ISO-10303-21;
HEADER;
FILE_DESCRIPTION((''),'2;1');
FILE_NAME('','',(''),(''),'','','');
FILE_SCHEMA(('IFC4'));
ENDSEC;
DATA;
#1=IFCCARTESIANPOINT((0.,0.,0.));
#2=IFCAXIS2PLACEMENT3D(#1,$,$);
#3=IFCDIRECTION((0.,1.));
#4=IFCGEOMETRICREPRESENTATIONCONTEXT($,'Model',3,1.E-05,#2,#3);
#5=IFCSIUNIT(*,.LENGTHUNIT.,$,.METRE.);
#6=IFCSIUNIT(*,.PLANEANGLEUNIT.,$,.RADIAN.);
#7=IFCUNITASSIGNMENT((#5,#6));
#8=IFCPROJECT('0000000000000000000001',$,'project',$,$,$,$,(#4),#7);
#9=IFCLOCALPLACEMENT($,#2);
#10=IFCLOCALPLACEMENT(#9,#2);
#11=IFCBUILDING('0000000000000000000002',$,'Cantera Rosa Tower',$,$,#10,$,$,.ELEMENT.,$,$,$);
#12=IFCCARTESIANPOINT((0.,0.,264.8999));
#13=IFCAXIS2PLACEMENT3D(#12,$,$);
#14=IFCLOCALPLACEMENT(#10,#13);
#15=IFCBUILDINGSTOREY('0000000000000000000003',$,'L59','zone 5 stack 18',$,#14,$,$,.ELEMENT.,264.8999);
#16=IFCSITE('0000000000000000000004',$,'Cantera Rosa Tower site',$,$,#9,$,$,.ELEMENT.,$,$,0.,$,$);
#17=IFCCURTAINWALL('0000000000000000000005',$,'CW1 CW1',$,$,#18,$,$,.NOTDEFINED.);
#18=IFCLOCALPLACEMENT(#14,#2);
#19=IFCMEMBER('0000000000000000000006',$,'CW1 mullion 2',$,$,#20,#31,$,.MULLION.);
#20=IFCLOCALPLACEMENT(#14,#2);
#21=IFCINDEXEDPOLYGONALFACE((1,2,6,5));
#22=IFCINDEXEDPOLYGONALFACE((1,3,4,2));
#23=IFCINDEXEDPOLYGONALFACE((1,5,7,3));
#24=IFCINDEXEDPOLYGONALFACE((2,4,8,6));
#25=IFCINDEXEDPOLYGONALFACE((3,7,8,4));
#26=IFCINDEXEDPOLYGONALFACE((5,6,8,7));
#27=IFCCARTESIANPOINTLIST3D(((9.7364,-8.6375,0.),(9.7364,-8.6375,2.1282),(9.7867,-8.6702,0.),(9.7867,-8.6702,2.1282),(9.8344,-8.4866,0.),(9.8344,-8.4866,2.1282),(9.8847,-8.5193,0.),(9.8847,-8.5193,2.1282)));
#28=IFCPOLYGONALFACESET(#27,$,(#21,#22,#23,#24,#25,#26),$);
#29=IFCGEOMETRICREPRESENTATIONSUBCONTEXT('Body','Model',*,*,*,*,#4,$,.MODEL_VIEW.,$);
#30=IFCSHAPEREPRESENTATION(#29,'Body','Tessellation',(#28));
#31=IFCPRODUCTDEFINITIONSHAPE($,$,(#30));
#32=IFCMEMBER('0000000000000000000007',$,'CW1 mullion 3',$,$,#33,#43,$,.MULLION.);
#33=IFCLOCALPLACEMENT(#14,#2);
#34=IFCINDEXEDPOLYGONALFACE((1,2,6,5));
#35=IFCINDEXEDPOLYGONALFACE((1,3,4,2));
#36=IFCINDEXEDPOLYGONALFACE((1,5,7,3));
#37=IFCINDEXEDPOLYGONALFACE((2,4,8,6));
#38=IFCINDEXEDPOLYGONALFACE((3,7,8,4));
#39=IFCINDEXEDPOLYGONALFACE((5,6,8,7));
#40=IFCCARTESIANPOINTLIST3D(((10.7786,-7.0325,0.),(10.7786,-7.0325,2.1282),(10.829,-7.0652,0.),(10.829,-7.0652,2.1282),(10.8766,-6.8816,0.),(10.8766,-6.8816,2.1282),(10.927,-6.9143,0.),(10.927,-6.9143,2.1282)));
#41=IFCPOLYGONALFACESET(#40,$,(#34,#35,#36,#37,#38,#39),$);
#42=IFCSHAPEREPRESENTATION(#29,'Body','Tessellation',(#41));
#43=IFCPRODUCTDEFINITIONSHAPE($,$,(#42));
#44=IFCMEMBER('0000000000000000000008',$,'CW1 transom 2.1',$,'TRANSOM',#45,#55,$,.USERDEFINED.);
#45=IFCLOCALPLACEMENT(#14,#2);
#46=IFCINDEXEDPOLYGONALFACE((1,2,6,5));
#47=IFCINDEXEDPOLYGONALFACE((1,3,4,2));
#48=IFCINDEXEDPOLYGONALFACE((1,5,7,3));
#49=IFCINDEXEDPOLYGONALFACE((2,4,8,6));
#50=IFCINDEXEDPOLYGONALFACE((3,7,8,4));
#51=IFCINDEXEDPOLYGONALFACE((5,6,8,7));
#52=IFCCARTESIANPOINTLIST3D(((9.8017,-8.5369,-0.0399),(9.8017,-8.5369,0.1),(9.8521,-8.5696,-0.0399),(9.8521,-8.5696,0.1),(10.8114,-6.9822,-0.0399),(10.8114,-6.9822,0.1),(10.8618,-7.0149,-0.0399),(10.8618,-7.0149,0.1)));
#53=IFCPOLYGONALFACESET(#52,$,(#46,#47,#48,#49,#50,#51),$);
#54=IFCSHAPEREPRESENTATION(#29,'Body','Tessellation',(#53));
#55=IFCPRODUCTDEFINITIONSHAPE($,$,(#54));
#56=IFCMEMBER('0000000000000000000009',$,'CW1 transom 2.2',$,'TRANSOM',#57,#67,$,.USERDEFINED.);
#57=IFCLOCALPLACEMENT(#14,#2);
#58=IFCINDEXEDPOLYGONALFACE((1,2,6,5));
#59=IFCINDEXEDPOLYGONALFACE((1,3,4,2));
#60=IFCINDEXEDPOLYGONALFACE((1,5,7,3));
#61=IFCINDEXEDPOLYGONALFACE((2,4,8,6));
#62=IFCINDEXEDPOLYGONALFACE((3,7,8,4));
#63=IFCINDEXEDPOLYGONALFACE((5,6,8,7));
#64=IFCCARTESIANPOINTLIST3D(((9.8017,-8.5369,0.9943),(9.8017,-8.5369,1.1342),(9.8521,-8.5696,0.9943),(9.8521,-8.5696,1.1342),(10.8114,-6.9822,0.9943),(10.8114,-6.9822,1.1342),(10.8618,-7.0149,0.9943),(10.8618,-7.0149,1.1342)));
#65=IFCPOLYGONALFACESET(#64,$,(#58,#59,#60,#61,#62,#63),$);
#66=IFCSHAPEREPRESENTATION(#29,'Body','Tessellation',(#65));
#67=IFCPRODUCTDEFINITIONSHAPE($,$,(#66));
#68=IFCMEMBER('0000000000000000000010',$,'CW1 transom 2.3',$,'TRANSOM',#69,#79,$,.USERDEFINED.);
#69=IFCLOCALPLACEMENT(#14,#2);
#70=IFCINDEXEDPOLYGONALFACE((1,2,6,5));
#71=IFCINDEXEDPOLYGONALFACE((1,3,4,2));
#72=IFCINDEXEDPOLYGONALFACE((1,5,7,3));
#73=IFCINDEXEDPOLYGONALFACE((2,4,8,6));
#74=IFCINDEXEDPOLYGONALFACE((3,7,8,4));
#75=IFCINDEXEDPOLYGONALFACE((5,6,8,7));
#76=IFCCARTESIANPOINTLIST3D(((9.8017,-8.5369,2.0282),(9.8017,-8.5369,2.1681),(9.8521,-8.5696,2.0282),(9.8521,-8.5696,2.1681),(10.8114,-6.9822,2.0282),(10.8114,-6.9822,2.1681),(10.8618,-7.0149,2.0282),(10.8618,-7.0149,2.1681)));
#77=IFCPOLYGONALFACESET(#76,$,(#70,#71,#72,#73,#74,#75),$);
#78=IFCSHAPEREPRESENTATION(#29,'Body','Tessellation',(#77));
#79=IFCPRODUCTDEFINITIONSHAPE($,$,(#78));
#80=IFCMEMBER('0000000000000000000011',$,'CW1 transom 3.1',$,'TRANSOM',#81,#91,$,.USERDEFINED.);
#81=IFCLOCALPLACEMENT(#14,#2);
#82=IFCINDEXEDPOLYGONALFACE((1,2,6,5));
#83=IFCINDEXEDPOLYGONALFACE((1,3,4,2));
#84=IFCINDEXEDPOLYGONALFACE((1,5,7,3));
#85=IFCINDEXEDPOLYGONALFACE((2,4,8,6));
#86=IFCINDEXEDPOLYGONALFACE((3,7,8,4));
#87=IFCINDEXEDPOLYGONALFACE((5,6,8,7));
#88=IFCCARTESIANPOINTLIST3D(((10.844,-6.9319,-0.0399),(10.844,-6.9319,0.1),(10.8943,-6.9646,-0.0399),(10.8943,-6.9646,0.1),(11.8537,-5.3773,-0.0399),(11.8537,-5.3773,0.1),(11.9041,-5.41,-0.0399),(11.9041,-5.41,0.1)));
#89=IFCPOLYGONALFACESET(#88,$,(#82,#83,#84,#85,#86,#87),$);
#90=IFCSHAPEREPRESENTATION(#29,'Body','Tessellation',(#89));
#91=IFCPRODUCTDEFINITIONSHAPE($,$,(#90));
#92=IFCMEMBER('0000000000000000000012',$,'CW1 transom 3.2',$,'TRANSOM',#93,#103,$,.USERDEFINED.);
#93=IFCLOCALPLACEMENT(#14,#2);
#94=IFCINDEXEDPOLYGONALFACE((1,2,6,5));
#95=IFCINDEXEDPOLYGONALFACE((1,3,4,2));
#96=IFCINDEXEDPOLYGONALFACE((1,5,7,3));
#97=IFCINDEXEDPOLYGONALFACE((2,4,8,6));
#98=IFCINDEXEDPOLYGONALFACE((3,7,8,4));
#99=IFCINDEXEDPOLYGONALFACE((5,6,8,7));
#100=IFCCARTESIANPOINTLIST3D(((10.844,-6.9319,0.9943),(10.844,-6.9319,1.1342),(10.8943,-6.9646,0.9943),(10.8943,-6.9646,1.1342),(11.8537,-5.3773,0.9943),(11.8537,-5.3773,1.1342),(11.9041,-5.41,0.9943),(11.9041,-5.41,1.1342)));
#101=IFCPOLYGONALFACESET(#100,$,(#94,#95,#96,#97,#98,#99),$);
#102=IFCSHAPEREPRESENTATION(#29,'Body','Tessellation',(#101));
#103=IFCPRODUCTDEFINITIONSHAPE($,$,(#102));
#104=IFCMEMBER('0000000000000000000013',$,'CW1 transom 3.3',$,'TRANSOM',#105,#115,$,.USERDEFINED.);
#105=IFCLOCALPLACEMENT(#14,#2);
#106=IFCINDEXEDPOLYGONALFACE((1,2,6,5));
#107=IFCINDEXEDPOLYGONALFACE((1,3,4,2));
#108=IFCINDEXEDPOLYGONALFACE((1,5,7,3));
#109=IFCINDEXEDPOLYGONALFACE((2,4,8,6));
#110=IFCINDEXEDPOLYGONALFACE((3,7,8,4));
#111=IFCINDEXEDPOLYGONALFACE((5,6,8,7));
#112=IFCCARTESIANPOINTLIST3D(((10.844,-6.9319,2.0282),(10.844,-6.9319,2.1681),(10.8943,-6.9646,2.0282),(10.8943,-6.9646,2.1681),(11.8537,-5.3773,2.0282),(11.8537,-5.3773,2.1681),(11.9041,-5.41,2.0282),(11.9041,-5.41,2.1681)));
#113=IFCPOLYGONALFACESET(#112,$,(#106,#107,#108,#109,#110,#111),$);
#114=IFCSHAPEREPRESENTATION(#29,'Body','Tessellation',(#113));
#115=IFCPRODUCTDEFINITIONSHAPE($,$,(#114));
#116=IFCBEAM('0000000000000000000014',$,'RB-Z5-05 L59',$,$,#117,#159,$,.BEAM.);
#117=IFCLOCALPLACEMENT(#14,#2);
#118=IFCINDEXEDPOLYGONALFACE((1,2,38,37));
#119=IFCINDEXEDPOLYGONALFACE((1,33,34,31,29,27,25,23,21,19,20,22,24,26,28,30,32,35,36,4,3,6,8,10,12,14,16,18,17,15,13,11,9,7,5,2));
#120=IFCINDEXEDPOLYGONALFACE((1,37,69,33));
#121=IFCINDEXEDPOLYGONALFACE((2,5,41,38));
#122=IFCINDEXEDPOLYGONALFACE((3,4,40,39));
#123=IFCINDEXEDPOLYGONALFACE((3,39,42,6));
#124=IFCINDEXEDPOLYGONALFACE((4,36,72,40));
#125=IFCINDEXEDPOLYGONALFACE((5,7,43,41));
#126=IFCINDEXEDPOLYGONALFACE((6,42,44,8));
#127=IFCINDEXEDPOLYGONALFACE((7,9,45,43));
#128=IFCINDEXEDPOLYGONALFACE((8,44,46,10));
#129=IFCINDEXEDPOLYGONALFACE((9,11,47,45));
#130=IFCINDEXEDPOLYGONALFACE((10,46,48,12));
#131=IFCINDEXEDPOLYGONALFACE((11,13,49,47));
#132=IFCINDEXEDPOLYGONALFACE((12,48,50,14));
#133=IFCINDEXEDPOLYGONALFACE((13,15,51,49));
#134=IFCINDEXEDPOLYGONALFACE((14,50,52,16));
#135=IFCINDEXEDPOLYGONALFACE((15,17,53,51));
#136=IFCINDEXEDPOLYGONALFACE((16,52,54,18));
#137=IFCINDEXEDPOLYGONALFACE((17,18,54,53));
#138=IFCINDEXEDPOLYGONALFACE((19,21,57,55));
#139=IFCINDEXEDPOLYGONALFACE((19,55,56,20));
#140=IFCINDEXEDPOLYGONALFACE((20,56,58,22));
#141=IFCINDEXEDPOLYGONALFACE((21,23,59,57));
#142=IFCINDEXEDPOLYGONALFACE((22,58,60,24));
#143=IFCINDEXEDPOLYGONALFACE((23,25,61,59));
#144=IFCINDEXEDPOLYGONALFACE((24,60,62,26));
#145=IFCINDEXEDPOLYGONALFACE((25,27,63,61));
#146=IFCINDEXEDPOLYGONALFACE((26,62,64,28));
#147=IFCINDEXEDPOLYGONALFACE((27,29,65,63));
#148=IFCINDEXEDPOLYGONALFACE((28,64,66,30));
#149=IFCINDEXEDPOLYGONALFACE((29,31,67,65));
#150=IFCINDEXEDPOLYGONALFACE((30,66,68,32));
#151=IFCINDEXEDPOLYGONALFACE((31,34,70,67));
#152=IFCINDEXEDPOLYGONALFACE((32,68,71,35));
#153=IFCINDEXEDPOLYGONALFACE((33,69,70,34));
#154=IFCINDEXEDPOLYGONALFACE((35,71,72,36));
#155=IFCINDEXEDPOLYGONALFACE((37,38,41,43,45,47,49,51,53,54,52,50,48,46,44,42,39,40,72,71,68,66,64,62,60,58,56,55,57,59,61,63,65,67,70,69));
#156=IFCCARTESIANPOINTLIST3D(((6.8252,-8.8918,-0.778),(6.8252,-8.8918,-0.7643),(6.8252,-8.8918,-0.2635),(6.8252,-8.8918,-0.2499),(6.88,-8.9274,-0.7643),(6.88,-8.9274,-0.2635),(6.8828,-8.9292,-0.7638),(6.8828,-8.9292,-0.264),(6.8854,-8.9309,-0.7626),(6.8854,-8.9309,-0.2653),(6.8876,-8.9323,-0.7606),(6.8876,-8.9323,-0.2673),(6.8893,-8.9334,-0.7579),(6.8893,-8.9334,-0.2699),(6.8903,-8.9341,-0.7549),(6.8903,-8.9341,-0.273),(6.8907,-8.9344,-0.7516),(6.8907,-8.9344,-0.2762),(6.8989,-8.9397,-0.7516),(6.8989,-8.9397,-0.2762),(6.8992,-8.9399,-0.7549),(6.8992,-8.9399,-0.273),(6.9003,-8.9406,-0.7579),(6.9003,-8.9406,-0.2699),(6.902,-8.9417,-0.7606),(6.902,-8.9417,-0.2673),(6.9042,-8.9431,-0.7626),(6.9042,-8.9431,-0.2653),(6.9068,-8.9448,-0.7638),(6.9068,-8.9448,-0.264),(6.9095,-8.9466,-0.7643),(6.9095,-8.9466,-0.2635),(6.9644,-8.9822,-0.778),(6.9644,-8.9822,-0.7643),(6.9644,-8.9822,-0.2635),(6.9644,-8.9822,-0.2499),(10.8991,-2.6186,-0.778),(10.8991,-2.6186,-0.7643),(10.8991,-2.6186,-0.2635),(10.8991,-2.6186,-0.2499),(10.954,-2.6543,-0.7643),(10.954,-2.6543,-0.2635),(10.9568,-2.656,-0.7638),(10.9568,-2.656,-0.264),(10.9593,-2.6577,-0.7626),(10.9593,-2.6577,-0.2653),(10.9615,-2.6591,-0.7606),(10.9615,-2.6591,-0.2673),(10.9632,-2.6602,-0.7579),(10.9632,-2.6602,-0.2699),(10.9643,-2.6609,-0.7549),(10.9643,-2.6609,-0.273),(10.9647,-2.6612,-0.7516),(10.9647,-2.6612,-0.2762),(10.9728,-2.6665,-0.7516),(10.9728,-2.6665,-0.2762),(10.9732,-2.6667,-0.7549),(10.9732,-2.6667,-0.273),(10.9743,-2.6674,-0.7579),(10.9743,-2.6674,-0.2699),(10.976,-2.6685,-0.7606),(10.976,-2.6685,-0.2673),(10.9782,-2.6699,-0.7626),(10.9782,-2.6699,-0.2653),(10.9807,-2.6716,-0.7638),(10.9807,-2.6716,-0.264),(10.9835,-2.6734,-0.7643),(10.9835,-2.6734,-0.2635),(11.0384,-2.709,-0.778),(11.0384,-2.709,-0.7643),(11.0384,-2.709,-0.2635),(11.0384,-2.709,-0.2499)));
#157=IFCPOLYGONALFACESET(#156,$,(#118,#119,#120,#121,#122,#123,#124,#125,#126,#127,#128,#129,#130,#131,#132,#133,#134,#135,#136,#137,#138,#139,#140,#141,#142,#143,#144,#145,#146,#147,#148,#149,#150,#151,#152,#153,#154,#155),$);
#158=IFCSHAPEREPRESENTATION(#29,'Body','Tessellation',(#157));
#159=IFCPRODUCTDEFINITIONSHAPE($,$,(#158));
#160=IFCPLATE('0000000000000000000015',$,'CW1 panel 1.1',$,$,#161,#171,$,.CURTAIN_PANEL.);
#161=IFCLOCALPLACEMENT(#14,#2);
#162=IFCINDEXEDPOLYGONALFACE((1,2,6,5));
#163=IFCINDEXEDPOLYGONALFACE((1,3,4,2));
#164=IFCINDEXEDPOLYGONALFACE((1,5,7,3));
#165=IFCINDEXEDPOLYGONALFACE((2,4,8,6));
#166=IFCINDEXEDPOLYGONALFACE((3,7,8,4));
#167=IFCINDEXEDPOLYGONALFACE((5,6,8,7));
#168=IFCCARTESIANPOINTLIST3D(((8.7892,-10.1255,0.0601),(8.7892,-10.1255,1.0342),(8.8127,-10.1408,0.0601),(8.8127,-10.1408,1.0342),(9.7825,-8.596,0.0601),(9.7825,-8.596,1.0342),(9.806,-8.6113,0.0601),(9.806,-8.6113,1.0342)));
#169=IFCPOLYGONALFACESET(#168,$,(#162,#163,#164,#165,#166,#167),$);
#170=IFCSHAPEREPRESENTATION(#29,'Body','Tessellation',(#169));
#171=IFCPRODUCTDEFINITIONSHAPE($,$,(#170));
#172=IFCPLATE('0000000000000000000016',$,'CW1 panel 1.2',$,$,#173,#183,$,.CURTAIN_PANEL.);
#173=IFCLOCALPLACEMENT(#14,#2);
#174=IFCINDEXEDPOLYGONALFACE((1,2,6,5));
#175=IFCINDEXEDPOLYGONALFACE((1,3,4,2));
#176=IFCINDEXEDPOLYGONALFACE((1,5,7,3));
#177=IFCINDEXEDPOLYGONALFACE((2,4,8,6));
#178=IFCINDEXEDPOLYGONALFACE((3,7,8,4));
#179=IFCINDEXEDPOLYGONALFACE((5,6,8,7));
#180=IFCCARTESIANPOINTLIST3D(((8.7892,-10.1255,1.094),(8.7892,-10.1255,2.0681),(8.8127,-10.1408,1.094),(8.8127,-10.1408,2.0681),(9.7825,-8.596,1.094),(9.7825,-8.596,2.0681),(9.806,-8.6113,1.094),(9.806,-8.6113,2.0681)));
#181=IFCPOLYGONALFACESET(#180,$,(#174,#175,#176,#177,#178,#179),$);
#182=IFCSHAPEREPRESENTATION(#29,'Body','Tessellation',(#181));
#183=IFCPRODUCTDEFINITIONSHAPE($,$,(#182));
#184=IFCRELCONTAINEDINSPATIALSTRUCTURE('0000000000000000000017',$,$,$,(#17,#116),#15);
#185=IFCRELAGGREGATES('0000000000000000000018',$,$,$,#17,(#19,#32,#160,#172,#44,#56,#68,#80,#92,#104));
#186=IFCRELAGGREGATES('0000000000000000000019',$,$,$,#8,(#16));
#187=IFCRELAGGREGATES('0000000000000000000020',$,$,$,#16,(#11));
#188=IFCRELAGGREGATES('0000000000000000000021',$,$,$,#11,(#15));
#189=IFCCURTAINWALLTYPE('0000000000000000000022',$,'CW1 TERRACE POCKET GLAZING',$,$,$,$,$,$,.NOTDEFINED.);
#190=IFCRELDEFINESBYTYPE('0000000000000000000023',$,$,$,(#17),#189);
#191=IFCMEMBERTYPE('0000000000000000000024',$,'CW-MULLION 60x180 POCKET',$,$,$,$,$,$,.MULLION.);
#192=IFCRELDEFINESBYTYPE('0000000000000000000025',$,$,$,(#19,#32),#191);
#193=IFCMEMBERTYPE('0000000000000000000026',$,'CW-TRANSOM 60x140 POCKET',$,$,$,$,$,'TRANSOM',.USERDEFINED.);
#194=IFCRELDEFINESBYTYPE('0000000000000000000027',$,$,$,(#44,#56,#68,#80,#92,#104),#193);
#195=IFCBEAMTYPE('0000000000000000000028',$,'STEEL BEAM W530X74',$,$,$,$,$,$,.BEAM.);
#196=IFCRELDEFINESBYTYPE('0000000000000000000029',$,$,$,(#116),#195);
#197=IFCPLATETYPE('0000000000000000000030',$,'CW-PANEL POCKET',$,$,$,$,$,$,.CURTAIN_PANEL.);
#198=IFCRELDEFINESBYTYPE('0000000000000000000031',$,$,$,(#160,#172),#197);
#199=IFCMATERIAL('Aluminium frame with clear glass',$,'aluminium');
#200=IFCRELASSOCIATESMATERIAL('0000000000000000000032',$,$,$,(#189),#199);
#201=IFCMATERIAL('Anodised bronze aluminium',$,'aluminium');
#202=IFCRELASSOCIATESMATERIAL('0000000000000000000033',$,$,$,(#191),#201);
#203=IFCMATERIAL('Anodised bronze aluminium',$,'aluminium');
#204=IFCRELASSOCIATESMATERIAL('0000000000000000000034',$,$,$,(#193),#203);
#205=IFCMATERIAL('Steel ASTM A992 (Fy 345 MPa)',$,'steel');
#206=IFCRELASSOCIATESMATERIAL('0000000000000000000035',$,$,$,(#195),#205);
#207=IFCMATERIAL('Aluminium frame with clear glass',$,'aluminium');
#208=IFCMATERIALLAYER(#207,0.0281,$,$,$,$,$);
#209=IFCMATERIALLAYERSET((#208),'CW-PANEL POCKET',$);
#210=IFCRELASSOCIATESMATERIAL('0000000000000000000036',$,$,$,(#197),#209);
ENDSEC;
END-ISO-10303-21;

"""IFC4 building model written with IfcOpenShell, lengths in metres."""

from ifc_helpers import new_model, si_unit, direction, frame, origin, origin_2d, place, context, subcontext, project, spatial, rectangle, i_section, extrude, material, layer, layer_set, material_profile, profile_set, type_object, element, aggregate, save


model = new_model("IFC4")

# Units and contexts
model_context = context("Model", 3, precision=1e-05, world=origin(), true_north=direction((0.0, 1.0)))
body_context = subcontext(model_context, "Body", "Model", "MODEL_VIEW")
ifc_project = project(units=[si_unit("LENGTHUNIT", "METRE"), si_unit("PLANEANGLEUNIT", "RADIAN")], contexts=[model_context])

# Site, building, storey
site_placement = place(None, origin())
site = spatial("IfcSite", under=ifc_project, at=site_placement, Name="Cantera Rosa Tower site", CompositionType="ELEMENT", RefElevation=0.0)
building_placement = place(site_placement, origin())
building = spatial("IfcBuilding", under=site, at=building_placement, Name="Cantera Rosa Tower", CompositionType="ELEMENT")
storey_placement = place(building_placement, frame((0.0, 0.0, 264.8999)))
storey = spatial("IfcBuildingStorey", under=building, at=storey_placement, Name="L59", Description="zone 5 stack 18", CompositionType="ELEMENT", Elevation=264.8999)

# Curtain wall, members
ifc_material_1 = material(Name="Aluminium frame with clear glass", Category="aluminium")
curtain_wall_type = type_object("IfcCurtainWallType", Name="CW1 TERRACE POCKET GLAZING", PredefinedType="NOTDEFINED", material=ifc_material_1)
curtain_wall_placement = place(storey_placement, origin())
curtain_wall = element("IfcCurtainWall", 1, at=curtain_wall_placement, inside=storey, type_object=curtain_wall_type, Name="CW1 CW1", PredefinedType="NOTDEFINED")
ifc_material_2 = material(Name="Anodised bronze aluminium", Category="aluminium")
ifc_material_profile_1 = material_profile(ifc_material_2, rectangle(XDim=0.0601, YDim=0.1799, at=origin_2d()), Name="CW-MULLION 60x180 POCKET")
ifc_profile_set_1 = profile_set([ifc_material_profile_1], Name="Anodised bronze aluminium")
member_type_1 = type_object("IfcMemberType", Name="CW-MULLION 60x180 POCKET", PredefinedType="MULLION", material=ifc_profile_set_1)
member_1_placement = place(storey_placement, frame((9.8105, -8.5784, 0.0), z_axis=(0.0, 0.0, 1.0), x_axis=(-0.838671, 0.544639, 0.0)))
member_1 = element("IfcMember", 2, at=member_1_placement, type_object=member_type_1, Name="CW1 mullion 2", PredefinedType="MULLION", context=body_context, shape_type="SweptSolid", body=[
    extrude(rectangle(XDim=0.0601, YDim=0.1799, at=origin_2d()), origin(), (0.0, 0.0, 1.0), 2.1282),
])
member_2_placement = place(storey_placement, frame((10.8528, -6.9734, 0.0), z_axis=(0.0, 0.0, 1.0), x_axis=(-0.838671, 0.544639, 0.0)))
member_2 = element("IfcMember", 3, at=member_2_placement, type_object=member_type_1, Name="CW1 mullion 3", PredefinedType="MULLION", context=body_context, shape_type="SweptSolid", body=[
    extrude(rectangle(XDim=0.0601, YDim=0.1799, at=origin_2d()), origin(), (0.0, 0.0, 1.0), 2.1282),
])
ifc_material_3 = material(Name="Anodised bronze aluminium", Category="aluminium")
ifc_material_profile_2 = material_profile(ifc_material_3, rectangle(XDim=0.0601, YDim=0.1399, at=origin_2d()), Name="CW-TRANSOM 60x140 POCKET")
ifc_profile_set_2 = profile_set([ifc_material_profile_2], Name="Anodised bronze aluminium")
member_type_2 = type_object("IfcMemberType", Name="CW-TRANSOM 60x140 POCKET", ElementType="TRANSOM", PredefinedType="USERDEFINED", material=ifc_profile_set_2)
member_3_placement = place(storey_placement, frame((9.8269, -8.5532, 0.03), z_axis=(0.544692, 0.838636, 0.0), x_axis=(-0.838636, 0.544692, 0.0)))
member_3 = element("IfcMember", 4, at=member_3_placement, type_object=member_type_2, Name="CW1 transom 2.1", ObjectType="TRANSOM", PredefinedType="USERDEFINED", context=body_context, shape_type="SweptSolid", body=[
    extrude(rectangle(XDim=0.0601, YDim=0.1399, at=origin_2d()), origin(), (0.0, 0.0, 1.0), 1.8538),
])
member_4_placement = place(storey_placement, frame((9.8269, -8.5532, 1.0642), z_axis=(0.544692, 0.838636, 0.0), x_axis=(-0.838636, 0.544692, 0.0)))
member_4 = element("IfcMember", 5, at=member_4_placement, type_object=member_type_2, Name="CW1 transom 2.2", ObjectType="TRANSOM", PredefinedType="USERDEFINED", context=body_context, shape_type="SweptSolid", body=[
    extrude(rectangle(XDim=0.0601, YDim=0.1399, at=origin_2d()), origin(), (0.0, 0.0, 1.0), 1.8538),
])
member_5_placement = place(storey_placement, frame((9.8269, -8.5532, 2.0981), z_axis=(0.544692, 0.838636, 0.0), x_axis=(-0.838636, 0.544692, 0.0)))
member_5 = element("IfcMember", 6, at=member_5_placement, type_object=member_type_2, Name="CW1 transom 2.3", ObjectType="TRANSOM", PredefinedType="USERDEFINED", context=body_context, shape_type="SweptSolid", body=[
    extrude(rectangle(XDim=0.0601, YDim=0.1399, at=origin_2d()), origin(), (0.0, 0.0, 1.0), 1.8538),
])
member_6_placement = place(storey_placement, frame((10.8691, -6.9482, 0.03), z_axis=(0.544692, 0.838636, 0.0), x_axis=(-0.838636, 0.544692, 0.0)))
member_6 = element("IfcMember", 7, at=member_6_placement, type_object=member_type_2, Name="CW1 transom 3.1", ObjectType="TRANSOM", PredefinedType="USERDEFINED", context=body_context, shape_type="SweptSolid", body=[
    extrude(rectangle(XDim=0.0601, YDim=0.1399, at=origin_2d()), origin(), (0.0, 0.0, 1.0), 1.8538),
])
member_7_placement = place(storey_placement, frame((10.8691, -6.9482, 1.0642), z_axis=(0.544692, 0.838636, 0.0), x_axis=(-0.838636, 0.544692, 0.0)))
member_7 = element("IfcMember", 8, at=member_7_placement, type_object=member_type_2, Name="CW1 transom 3.2", ObjectType="TRANSOM", PredefinedType="USERDEFINED", context=body_context, shape_type="SweptSolid", body=[
    extrude(rectangle(XDim=0.0601, YDim=0.1399, at=origin_2d()), origin(), (0.0, 0.0, 1.0), 1.8538),
])
member_8_placement = place(storey_placement, frame((10.8691, -6.9482, 2.0981), z_axis=(0.544692, 0.838636, 0.0), x_axis=(-0.838636, 0.544692, 0.0)))
member_8 = element("IfcMember", 9, at=member_8_placement, type_object=member_type_2, Name="CW1 transom 3.3", ObjectType="TRANSOM", PredefinedType="USERDEFINED", context=body_context, shape_type="SweptSolid", body=[
    extrude(rectangle(XDim=0.0601, YDim=0.1399, at=origin_2d()), origin(), (0.0, 0.0, 1.0), 1.8538),
])

# Beam
ifc_material_4 = material(Name="Steel ASTM A992 (Fy 345 MPa)", Category="steel")
ifc_material_profile_3 = material_profile(ifc_material_4, i_section(OverallWidth=0.166, OverallDepth=0.5281, WebThickness=0.0098, FlangeThickness=0.0137, FilletRadius=0.0127, at=origin_2d()), Name="W530X74")
ifc_profile_set_3 = profile_set([ifc_material_profile_3], Name="Steel ASTM A992 (Fy 345 MPa)")
beam_type = type_object("IfcBeamType", Name="STEEL BEAM W530X74", PredefinedType="BEAM", material=ifc_profile_set_3)
beam_placement = place(storey_placement, frame((6.8948, -8.937, -0.5139), z_axis=(0.54465, 0.838664, 0.0), x_axis=(-0.838664, 0.54465, 0.0)))
element("IfcBeam", 10, at=beam_placement, inside=storey, type_object=beam_type, Name="RB-Z5-05 L59", PredefinedType="BEAM", context=body_context, shape_type="SweptSolid", body=[
    extrude(i_section(OverallWidth=0.166, OverallDepth=0.5281, WebThickness=0.0098, FlangeThickness=0.0137, FilletRadius=0.0127, at=origin_2d()), origin(), (0.0, 0.0, 1.0), 7.48),
])

# Plates
ifc_material_5 = material(Name="Aluminium frame with clear glass", Category="aluminium")
ifc_layer_1 = layer(ifc_material_5, 0.0281)
ifc_layer_set_1 = layer_set([ifc_layer_1], Name="CW-PANEL POCKET")
plate_type = type_object("IfcPlateType", Name="CW-PANEL POCKET", PredefinedType="CURTAIN_PANEL", material=ifc_layer_set_1)
plate_1_placement = place(storey_placement, frame((9.2976, -9.3684, 0.0601), z_axis=(0.0, 0.0, 1.0), x_axis=(0.544639, 0.838671, 0.0)))
plate_1 = element("IfcPlate", 11, at=plate_1_placement, type_object=plate_type, Name="CW1 panel 1.1", PredefinedType="CURTAIN_PANEL", context=body_context, shape_type="SweptSolid", body=[
    extrude(rectangle(XDim=1.8237, YDim=0.0281, at=origin_2d()), origin(), (0.0, 0.0, 1.0), 0.9741),
])
plate_2_placement = place(storey_placement, frame((9.2976, -9.3684, 1.094), z_axis=(0.0, 0.0, 1.0), x_axis=(0.544639, 0.838671, 0.0)))
plate_2 = element("IfcPlate", 12, at=plate_2_placement, type_object=plate_type, Name="CW1 panel 1.2", PredefinedType="CURTAIN_PANEL", context=body_context, shape_type="SweptSolid", body=[
    extrude(rectangle(XDim=1.8237, YDim=0.0281, at=origin_2d()), origin(), (0.0, 0.0, 1.0), 0.9741),
])
aggregate(curtain_wall, [member_1, member_2, plate_1, plate_2, member_3, member_4, member_5, member_6, member_7, member_8])

save(model, "model.ifc")
